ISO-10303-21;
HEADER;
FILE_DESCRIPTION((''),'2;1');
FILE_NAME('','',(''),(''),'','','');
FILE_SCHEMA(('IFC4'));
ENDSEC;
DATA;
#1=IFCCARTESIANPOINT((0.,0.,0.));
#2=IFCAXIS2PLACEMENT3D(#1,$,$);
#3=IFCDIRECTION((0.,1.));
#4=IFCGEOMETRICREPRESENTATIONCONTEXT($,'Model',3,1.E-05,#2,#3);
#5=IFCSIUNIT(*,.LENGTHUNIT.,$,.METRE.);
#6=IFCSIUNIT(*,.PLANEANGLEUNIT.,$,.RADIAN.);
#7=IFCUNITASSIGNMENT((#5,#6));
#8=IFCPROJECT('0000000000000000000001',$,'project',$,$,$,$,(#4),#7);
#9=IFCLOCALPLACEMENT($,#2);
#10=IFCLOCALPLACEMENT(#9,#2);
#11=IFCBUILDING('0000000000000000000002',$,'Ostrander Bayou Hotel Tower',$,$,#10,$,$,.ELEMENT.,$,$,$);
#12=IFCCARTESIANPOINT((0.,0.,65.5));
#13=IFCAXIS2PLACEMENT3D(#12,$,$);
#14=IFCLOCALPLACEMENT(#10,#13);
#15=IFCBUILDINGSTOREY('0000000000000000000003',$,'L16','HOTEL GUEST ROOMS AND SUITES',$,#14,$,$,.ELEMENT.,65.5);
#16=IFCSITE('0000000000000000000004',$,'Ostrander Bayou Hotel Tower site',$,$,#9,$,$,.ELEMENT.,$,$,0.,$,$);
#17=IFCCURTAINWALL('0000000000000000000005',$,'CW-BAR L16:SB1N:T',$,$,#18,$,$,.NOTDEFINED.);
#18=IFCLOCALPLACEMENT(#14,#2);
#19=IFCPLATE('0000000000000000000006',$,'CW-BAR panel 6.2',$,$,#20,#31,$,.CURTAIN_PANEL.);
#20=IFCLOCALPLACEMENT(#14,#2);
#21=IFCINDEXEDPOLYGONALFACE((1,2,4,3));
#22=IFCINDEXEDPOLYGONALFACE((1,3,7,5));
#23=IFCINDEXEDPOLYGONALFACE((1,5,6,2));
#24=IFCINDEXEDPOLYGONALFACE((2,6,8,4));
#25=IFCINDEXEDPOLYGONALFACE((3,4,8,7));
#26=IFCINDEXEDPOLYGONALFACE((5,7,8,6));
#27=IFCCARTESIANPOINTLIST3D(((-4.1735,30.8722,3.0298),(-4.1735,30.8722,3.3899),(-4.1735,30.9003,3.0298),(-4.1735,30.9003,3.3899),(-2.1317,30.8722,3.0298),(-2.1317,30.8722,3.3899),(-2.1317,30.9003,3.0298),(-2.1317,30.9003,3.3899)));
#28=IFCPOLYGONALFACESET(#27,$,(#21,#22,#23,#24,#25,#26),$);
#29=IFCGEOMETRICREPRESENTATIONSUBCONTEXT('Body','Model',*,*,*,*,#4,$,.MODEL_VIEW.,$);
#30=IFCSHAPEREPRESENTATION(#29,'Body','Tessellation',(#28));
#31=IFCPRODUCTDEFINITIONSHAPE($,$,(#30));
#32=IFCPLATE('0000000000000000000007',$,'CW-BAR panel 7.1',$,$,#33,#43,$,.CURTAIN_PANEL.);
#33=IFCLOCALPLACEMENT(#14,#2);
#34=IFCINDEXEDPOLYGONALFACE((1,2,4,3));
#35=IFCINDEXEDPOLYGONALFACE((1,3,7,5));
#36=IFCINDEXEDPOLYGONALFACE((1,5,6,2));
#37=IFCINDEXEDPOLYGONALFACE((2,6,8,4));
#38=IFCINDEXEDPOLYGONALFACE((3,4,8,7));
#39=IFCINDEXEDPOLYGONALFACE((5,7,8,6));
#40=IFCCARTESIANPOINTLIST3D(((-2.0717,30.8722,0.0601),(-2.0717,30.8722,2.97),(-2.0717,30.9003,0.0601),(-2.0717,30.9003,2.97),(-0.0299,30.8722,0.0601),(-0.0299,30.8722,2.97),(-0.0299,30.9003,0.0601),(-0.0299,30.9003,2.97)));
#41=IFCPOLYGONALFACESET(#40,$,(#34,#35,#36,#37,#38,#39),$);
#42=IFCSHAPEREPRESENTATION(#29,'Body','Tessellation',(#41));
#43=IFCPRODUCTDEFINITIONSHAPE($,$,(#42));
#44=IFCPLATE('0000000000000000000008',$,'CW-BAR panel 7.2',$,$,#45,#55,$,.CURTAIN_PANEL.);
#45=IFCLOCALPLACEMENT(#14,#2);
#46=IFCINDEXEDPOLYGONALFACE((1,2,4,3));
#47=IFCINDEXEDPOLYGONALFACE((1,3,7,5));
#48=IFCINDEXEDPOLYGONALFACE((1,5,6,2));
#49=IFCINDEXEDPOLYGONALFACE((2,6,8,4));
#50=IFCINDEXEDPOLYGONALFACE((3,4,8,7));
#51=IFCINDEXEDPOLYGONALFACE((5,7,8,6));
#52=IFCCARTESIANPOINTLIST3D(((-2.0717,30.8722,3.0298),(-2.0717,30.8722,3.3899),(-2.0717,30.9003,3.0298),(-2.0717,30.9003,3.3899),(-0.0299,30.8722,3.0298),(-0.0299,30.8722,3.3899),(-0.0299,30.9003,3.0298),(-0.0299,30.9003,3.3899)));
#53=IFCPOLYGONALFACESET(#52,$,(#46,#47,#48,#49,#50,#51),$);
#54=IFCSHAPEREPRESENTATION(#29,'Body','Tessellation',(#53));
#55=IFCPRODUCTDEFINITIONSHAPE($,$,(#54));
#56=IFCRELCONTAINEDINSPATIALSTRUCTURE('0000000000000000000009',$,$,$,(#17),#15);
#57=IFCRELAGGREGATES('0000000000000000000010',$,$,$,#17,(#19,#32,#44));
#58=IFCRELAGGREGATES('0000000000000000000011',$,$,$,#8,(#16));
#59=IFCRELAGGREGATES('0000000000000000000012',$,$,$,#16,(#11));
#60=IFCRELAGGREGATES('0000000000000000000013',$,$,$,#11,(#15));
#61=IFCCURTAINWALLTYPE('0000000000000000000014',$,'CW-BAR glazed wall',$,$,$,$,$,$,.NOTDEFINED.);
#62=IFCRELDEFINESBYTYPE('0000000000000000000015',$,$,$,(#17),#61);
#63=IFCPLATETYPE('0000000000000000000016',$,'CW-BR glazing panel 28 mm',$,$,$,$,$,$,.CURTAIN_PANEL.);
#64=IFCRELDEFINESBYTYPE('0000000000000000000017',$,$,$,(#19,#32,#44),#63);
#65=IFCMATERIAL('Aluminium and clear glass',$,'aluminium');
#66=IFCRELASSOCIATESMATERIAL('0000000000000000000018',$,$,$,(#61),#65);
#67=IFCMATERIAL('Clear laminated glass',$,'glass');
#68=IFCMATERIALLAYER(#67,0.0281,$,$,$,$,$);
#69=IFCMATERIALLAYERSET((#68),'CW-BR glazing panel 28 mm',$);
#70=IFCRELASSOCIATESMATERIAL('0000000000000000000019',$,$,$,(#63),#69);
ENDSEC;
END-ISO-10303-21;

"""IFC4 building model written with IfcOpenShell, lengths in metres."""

from ifc_helpers import new_model, si_unit, direction, frame, origin, origin_2d, place, context, subcontext, project, spatial, rectangle, extrude, material, layer, layer_set, type_object, element, aggregate, save


model = new_model("IFC4")

# Units and contexts
model_context = context("Model", 3, precision=1e-05, world=origin(), true_north=direction((0.0, 1.0)))
body_context = subcontext(model_context, "Body", "Model", "MODEL_VIEW")
ifc_project = project(units=[si_unit("LENGTHUNIT", "METRE"), si_unit("PLANEANGLEUNIT", "RADIAN")], contexts=[model_context])

# Site, building, storey
site_placement = place(None, origin())
site = spatial("IfcSite", under=ifc_project, at=site_placement, Name="Ostrander Bayou Hotel Tower site", CompositionType="ELEMENT", RefElevation=0.0)
building_placement = place(site_placement, origin())
building = spatial("IfcBuilding", under=site, at=building_placement, Name="Ostrander Bayou Hotel Tower", CompositionType="ELEMENT")
storey_placement = place(building_placement, frame((0.0, 0.0, 65.5)))
storey = spatial("IfcBuildingStorey", under=building, at=storey_placement, Name="L16", Description="HOTEL GUEST ROOMS AND SUITES", CompositionType="ELEMENT", Elevation=65.5)

# Curtain wall, plates
ifc_material_1 = material(Name="Aluminium and clear glass", Category="aluminium")
curtain_wall_type = type_object("IfcCurtainWallType", Name="CW-BAR glazed wall", PredefinedType="NOTDEFINED", material=ifc_material_1)
curtain_wall_placement = place(storey_placement, origin())
curtain_wall = element("IfcCurtainWall", 1, at=curtain_wall_placement, inside=storey, type_object=curtain_wall_type, Name="CW-BAR L16:SB1N:T", PredefinedType="NOTDEFINED")
ifc_material_2 = material(Name="Clear laminated glass", Category="glass")
ifc_layer = layer(ifc_material_2, 0.0281)
ifc_layer_set = layer_set([ifc_layer], Name="CW-BR glazing panel 28 mm")
plate_type = type_object("IfcPlateType", Name="CW-BR glazing panel 28 mm", PredefinedType="CURTAIN_PANEL", material=ifc_layer_set)
plate_1_placement = place(storey_placement, frame((-3.1526, 30.8862, 3.0298), z_axis=(0.0, 0.0, 1.0), x_axis=(1.0, 0.0, 0.0)))
plate_1 = element("IfcPlate", 2, at=plate_1_placement, type_object=plate_type, Name="CW-BAR panel 6.2", PredefinedType="CURTAIN_PANEL", context=body_context, shape_type="SweptSolid", body=[
    extrude(rectangle(XDim=2.0417, YDim=0.0281, at=origin_2d()), origin(), (0.0, 0.0, 1.0), 0.3601),
])
plate_2_placement = place(storey_placement, frame((-1.0508, 30.8862, 0.0601), z_axis=(0.0, 0.0, 1.0), x_axis=(1.0, 0.0, 0.0)))
plate_2 = element("IfcPlate", 3, at=plate_2_placement, type_object=plate_type, Name="CW-BAR panel 7.1", PredefinedType="CURTAIN_PANEL", context=body_context, shape_type="SweptSolid", body=[
    extrude(rectangle(XDim=2.0417, YDim=0.0281, at=origin_2d()), origin(), (0.0, 0.0, 1.0), 2.9099),
])
plate_3_placement = place(storey_placement, frame((-1.0508, 30.8862, 3.0298), z_axis=(0.0, 0.0, 1.0), x_axis=(1.0, 0.0, 0.0)))
plate_3 = element("IfcPlate", 4, at=plate_3_placement, type_object=plate_type, Name="CW-BAR panel 7.2", PredefinedType="CURTAIN_PANEL", context=body_context, shape_type="SweptSolid", body=[
    extrude(rectangle(XDim=2.0417, YDim=0.0281, at=origin_2d()), origin(), (0.0, 0.0, 1.0), 0.3601),
])
aggregate(curtain_wall, [plate_1, plate_2, plate_3])

save(model, "model.ifc")
